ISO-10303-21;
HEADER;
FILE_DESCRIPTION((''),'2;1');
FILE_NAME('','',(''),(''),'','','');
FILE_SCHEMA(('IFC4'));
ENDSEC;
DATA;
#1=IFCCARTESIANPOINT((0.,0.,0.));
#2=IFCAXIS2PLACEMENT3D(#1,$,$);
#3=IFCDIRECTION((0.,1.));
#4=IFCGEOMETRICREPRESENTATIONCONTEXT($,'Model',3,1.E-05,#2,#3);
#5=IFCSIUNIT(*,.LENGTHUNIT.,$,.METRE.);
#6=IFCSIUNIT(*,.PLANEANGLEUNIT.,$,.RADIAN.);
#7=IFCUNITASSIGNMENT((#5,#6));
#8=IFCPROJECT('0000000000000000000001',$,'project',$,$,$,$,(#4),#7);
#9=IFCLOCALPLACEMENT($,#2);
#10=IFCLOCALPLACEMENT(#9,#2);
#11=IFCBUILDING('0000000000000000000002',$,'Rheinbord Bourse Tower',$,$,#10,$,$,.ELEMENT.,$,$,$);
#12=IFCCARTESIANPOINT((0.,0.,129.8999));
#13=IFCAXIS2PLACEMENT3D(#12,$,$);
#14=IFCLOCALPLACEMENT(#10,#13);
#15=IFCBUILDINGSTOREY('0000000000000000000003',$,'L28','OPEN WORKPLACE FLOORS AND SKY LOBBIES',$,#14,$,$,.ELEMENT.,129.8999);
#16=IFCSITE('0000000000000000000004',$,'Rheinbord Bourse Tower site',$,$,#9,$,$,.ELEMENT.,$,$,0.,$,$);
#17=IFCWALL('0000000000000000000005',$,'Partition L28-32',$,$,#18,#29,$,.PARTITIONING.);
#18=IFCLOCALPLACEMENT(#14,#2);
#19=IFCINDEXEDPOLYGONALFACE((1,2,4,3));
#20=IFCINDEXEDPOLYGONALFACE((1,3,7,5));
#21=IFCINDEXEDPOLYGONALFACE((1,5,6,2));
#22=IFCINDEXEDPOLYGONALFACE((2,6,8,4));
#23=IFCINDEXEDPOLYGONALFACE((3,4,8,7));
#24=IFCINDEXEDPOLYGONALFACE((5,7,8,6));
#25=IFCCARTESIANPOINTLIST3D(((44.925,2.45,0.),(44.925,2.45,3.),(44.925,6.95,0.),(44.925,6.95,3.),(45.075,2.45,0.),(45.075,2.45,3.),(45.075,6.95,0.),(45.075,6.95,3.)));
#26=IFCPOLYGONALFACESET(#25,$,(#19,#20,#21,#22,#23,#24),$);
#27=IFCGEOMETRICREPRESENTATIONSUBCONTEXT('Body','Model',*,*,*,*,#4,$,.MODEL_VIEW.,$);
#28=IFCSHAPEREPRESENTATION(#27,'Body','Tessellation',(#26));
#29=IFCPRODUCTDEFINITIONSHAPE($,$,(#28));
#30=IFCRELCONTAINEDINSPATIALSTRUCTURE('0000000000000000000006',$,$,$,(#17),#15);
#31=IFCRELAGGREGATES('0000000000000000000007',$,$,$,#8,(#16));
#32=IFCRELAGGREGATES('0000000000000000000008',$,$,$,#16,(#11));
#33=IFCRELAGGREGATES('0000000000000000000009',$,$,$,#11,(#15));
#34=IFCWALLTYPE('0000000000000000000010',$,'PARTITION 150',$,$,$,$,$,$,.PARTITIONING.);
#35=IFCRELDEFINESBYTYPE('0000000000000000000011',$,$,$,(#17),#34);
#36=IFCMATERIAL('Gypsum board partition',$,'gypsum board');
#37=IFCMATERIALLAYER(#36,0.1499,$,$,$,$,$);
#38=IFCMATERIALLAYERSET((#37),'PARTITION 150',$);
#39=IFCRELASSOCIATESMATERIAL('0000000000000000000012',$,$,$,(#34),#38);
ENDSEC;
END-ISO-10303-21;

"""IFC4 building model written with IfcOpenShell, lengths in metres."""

from ifc_helpers import new_model, si_unit, direction, frame, frame_2d, origin, place, context, subcontext, project, spatial, rectangle, extrude, material, layer, layer_set, type_object, element, save


model = new_model("IFC4")

# Units and contexts
model_context = context("Model", 3, precision=1e-05, world=origin(), true_north=direction((0.0, 1.0)))
body_context = subcontext(model_context, "Body", "Model", "MODEL_VIEW")
ifc_project = project(units=[si_unit("LENGTHUNIT", "METRE"), si_unit("PLANEANGLEUNIT", "RADIAN")], contexts=[model_context])

# Site, building, storey
site_placement = place(None, origin())
site = spatial("IfcSite", under=ifc_project, at=site_placement, Name="Rheinbord Bourse Tower site", CompositionType="ELEMENT", RefElevation=0.0)
building_placement = place(site_placement, origin())
building = spatial("IfcBuilding", under=site, at=building_placement, Name="Rheinbord Bourse Tower", CompositionType="ELEMENT")
storey_placement = place(building_placement, frame((0.0, 0.0, 129.8999)))
storey = spatial("IfcBuildingStorey", under=building, at=storey_placement, Name="L28", Description="OPEN WORKPLACE FLOORS AND SKY LOBBIES", CompositionType="ELEMENT", Elevation=129.8999)

# Shared definitions
ifc_material_1 = material(Name="Gypsum board partition", Category="gypsum board")
ifc_layer_1 = layer(ifc_material_1, 0.1499)
ifc_layer_set_1 = layer_set([ifc_layer_1], Name="PARTITION 150")
wall_type_1 = type_object("IfcWallType", Name="PARTITION 150", PredefinedType="PARTITIONING", material=ifc_layer_set_1)

# Wall
wall_1_placement = place(storey_placement, frame((45.0, 2.45, 0.0), z_axis=(0.0, 0.0, 1.0), x_axis=(0.0, 1.0, 0.0)))
element("IfcWall", 1, at=wall_1_placement, inside=storey, type_object=wall_type_1, Name="Partition L28-32", PredefinedType="PARTITIONING", context=body_context, shape_type="SweptSolid", body=[
    extrude(rectangle(XDim=4.5, YDim=0.1499, at=frame_2d((2.25, 0.0))), origin(), (0.0, 0.0, 1.0), 3.0),
])

save(model, "model.ifc")
